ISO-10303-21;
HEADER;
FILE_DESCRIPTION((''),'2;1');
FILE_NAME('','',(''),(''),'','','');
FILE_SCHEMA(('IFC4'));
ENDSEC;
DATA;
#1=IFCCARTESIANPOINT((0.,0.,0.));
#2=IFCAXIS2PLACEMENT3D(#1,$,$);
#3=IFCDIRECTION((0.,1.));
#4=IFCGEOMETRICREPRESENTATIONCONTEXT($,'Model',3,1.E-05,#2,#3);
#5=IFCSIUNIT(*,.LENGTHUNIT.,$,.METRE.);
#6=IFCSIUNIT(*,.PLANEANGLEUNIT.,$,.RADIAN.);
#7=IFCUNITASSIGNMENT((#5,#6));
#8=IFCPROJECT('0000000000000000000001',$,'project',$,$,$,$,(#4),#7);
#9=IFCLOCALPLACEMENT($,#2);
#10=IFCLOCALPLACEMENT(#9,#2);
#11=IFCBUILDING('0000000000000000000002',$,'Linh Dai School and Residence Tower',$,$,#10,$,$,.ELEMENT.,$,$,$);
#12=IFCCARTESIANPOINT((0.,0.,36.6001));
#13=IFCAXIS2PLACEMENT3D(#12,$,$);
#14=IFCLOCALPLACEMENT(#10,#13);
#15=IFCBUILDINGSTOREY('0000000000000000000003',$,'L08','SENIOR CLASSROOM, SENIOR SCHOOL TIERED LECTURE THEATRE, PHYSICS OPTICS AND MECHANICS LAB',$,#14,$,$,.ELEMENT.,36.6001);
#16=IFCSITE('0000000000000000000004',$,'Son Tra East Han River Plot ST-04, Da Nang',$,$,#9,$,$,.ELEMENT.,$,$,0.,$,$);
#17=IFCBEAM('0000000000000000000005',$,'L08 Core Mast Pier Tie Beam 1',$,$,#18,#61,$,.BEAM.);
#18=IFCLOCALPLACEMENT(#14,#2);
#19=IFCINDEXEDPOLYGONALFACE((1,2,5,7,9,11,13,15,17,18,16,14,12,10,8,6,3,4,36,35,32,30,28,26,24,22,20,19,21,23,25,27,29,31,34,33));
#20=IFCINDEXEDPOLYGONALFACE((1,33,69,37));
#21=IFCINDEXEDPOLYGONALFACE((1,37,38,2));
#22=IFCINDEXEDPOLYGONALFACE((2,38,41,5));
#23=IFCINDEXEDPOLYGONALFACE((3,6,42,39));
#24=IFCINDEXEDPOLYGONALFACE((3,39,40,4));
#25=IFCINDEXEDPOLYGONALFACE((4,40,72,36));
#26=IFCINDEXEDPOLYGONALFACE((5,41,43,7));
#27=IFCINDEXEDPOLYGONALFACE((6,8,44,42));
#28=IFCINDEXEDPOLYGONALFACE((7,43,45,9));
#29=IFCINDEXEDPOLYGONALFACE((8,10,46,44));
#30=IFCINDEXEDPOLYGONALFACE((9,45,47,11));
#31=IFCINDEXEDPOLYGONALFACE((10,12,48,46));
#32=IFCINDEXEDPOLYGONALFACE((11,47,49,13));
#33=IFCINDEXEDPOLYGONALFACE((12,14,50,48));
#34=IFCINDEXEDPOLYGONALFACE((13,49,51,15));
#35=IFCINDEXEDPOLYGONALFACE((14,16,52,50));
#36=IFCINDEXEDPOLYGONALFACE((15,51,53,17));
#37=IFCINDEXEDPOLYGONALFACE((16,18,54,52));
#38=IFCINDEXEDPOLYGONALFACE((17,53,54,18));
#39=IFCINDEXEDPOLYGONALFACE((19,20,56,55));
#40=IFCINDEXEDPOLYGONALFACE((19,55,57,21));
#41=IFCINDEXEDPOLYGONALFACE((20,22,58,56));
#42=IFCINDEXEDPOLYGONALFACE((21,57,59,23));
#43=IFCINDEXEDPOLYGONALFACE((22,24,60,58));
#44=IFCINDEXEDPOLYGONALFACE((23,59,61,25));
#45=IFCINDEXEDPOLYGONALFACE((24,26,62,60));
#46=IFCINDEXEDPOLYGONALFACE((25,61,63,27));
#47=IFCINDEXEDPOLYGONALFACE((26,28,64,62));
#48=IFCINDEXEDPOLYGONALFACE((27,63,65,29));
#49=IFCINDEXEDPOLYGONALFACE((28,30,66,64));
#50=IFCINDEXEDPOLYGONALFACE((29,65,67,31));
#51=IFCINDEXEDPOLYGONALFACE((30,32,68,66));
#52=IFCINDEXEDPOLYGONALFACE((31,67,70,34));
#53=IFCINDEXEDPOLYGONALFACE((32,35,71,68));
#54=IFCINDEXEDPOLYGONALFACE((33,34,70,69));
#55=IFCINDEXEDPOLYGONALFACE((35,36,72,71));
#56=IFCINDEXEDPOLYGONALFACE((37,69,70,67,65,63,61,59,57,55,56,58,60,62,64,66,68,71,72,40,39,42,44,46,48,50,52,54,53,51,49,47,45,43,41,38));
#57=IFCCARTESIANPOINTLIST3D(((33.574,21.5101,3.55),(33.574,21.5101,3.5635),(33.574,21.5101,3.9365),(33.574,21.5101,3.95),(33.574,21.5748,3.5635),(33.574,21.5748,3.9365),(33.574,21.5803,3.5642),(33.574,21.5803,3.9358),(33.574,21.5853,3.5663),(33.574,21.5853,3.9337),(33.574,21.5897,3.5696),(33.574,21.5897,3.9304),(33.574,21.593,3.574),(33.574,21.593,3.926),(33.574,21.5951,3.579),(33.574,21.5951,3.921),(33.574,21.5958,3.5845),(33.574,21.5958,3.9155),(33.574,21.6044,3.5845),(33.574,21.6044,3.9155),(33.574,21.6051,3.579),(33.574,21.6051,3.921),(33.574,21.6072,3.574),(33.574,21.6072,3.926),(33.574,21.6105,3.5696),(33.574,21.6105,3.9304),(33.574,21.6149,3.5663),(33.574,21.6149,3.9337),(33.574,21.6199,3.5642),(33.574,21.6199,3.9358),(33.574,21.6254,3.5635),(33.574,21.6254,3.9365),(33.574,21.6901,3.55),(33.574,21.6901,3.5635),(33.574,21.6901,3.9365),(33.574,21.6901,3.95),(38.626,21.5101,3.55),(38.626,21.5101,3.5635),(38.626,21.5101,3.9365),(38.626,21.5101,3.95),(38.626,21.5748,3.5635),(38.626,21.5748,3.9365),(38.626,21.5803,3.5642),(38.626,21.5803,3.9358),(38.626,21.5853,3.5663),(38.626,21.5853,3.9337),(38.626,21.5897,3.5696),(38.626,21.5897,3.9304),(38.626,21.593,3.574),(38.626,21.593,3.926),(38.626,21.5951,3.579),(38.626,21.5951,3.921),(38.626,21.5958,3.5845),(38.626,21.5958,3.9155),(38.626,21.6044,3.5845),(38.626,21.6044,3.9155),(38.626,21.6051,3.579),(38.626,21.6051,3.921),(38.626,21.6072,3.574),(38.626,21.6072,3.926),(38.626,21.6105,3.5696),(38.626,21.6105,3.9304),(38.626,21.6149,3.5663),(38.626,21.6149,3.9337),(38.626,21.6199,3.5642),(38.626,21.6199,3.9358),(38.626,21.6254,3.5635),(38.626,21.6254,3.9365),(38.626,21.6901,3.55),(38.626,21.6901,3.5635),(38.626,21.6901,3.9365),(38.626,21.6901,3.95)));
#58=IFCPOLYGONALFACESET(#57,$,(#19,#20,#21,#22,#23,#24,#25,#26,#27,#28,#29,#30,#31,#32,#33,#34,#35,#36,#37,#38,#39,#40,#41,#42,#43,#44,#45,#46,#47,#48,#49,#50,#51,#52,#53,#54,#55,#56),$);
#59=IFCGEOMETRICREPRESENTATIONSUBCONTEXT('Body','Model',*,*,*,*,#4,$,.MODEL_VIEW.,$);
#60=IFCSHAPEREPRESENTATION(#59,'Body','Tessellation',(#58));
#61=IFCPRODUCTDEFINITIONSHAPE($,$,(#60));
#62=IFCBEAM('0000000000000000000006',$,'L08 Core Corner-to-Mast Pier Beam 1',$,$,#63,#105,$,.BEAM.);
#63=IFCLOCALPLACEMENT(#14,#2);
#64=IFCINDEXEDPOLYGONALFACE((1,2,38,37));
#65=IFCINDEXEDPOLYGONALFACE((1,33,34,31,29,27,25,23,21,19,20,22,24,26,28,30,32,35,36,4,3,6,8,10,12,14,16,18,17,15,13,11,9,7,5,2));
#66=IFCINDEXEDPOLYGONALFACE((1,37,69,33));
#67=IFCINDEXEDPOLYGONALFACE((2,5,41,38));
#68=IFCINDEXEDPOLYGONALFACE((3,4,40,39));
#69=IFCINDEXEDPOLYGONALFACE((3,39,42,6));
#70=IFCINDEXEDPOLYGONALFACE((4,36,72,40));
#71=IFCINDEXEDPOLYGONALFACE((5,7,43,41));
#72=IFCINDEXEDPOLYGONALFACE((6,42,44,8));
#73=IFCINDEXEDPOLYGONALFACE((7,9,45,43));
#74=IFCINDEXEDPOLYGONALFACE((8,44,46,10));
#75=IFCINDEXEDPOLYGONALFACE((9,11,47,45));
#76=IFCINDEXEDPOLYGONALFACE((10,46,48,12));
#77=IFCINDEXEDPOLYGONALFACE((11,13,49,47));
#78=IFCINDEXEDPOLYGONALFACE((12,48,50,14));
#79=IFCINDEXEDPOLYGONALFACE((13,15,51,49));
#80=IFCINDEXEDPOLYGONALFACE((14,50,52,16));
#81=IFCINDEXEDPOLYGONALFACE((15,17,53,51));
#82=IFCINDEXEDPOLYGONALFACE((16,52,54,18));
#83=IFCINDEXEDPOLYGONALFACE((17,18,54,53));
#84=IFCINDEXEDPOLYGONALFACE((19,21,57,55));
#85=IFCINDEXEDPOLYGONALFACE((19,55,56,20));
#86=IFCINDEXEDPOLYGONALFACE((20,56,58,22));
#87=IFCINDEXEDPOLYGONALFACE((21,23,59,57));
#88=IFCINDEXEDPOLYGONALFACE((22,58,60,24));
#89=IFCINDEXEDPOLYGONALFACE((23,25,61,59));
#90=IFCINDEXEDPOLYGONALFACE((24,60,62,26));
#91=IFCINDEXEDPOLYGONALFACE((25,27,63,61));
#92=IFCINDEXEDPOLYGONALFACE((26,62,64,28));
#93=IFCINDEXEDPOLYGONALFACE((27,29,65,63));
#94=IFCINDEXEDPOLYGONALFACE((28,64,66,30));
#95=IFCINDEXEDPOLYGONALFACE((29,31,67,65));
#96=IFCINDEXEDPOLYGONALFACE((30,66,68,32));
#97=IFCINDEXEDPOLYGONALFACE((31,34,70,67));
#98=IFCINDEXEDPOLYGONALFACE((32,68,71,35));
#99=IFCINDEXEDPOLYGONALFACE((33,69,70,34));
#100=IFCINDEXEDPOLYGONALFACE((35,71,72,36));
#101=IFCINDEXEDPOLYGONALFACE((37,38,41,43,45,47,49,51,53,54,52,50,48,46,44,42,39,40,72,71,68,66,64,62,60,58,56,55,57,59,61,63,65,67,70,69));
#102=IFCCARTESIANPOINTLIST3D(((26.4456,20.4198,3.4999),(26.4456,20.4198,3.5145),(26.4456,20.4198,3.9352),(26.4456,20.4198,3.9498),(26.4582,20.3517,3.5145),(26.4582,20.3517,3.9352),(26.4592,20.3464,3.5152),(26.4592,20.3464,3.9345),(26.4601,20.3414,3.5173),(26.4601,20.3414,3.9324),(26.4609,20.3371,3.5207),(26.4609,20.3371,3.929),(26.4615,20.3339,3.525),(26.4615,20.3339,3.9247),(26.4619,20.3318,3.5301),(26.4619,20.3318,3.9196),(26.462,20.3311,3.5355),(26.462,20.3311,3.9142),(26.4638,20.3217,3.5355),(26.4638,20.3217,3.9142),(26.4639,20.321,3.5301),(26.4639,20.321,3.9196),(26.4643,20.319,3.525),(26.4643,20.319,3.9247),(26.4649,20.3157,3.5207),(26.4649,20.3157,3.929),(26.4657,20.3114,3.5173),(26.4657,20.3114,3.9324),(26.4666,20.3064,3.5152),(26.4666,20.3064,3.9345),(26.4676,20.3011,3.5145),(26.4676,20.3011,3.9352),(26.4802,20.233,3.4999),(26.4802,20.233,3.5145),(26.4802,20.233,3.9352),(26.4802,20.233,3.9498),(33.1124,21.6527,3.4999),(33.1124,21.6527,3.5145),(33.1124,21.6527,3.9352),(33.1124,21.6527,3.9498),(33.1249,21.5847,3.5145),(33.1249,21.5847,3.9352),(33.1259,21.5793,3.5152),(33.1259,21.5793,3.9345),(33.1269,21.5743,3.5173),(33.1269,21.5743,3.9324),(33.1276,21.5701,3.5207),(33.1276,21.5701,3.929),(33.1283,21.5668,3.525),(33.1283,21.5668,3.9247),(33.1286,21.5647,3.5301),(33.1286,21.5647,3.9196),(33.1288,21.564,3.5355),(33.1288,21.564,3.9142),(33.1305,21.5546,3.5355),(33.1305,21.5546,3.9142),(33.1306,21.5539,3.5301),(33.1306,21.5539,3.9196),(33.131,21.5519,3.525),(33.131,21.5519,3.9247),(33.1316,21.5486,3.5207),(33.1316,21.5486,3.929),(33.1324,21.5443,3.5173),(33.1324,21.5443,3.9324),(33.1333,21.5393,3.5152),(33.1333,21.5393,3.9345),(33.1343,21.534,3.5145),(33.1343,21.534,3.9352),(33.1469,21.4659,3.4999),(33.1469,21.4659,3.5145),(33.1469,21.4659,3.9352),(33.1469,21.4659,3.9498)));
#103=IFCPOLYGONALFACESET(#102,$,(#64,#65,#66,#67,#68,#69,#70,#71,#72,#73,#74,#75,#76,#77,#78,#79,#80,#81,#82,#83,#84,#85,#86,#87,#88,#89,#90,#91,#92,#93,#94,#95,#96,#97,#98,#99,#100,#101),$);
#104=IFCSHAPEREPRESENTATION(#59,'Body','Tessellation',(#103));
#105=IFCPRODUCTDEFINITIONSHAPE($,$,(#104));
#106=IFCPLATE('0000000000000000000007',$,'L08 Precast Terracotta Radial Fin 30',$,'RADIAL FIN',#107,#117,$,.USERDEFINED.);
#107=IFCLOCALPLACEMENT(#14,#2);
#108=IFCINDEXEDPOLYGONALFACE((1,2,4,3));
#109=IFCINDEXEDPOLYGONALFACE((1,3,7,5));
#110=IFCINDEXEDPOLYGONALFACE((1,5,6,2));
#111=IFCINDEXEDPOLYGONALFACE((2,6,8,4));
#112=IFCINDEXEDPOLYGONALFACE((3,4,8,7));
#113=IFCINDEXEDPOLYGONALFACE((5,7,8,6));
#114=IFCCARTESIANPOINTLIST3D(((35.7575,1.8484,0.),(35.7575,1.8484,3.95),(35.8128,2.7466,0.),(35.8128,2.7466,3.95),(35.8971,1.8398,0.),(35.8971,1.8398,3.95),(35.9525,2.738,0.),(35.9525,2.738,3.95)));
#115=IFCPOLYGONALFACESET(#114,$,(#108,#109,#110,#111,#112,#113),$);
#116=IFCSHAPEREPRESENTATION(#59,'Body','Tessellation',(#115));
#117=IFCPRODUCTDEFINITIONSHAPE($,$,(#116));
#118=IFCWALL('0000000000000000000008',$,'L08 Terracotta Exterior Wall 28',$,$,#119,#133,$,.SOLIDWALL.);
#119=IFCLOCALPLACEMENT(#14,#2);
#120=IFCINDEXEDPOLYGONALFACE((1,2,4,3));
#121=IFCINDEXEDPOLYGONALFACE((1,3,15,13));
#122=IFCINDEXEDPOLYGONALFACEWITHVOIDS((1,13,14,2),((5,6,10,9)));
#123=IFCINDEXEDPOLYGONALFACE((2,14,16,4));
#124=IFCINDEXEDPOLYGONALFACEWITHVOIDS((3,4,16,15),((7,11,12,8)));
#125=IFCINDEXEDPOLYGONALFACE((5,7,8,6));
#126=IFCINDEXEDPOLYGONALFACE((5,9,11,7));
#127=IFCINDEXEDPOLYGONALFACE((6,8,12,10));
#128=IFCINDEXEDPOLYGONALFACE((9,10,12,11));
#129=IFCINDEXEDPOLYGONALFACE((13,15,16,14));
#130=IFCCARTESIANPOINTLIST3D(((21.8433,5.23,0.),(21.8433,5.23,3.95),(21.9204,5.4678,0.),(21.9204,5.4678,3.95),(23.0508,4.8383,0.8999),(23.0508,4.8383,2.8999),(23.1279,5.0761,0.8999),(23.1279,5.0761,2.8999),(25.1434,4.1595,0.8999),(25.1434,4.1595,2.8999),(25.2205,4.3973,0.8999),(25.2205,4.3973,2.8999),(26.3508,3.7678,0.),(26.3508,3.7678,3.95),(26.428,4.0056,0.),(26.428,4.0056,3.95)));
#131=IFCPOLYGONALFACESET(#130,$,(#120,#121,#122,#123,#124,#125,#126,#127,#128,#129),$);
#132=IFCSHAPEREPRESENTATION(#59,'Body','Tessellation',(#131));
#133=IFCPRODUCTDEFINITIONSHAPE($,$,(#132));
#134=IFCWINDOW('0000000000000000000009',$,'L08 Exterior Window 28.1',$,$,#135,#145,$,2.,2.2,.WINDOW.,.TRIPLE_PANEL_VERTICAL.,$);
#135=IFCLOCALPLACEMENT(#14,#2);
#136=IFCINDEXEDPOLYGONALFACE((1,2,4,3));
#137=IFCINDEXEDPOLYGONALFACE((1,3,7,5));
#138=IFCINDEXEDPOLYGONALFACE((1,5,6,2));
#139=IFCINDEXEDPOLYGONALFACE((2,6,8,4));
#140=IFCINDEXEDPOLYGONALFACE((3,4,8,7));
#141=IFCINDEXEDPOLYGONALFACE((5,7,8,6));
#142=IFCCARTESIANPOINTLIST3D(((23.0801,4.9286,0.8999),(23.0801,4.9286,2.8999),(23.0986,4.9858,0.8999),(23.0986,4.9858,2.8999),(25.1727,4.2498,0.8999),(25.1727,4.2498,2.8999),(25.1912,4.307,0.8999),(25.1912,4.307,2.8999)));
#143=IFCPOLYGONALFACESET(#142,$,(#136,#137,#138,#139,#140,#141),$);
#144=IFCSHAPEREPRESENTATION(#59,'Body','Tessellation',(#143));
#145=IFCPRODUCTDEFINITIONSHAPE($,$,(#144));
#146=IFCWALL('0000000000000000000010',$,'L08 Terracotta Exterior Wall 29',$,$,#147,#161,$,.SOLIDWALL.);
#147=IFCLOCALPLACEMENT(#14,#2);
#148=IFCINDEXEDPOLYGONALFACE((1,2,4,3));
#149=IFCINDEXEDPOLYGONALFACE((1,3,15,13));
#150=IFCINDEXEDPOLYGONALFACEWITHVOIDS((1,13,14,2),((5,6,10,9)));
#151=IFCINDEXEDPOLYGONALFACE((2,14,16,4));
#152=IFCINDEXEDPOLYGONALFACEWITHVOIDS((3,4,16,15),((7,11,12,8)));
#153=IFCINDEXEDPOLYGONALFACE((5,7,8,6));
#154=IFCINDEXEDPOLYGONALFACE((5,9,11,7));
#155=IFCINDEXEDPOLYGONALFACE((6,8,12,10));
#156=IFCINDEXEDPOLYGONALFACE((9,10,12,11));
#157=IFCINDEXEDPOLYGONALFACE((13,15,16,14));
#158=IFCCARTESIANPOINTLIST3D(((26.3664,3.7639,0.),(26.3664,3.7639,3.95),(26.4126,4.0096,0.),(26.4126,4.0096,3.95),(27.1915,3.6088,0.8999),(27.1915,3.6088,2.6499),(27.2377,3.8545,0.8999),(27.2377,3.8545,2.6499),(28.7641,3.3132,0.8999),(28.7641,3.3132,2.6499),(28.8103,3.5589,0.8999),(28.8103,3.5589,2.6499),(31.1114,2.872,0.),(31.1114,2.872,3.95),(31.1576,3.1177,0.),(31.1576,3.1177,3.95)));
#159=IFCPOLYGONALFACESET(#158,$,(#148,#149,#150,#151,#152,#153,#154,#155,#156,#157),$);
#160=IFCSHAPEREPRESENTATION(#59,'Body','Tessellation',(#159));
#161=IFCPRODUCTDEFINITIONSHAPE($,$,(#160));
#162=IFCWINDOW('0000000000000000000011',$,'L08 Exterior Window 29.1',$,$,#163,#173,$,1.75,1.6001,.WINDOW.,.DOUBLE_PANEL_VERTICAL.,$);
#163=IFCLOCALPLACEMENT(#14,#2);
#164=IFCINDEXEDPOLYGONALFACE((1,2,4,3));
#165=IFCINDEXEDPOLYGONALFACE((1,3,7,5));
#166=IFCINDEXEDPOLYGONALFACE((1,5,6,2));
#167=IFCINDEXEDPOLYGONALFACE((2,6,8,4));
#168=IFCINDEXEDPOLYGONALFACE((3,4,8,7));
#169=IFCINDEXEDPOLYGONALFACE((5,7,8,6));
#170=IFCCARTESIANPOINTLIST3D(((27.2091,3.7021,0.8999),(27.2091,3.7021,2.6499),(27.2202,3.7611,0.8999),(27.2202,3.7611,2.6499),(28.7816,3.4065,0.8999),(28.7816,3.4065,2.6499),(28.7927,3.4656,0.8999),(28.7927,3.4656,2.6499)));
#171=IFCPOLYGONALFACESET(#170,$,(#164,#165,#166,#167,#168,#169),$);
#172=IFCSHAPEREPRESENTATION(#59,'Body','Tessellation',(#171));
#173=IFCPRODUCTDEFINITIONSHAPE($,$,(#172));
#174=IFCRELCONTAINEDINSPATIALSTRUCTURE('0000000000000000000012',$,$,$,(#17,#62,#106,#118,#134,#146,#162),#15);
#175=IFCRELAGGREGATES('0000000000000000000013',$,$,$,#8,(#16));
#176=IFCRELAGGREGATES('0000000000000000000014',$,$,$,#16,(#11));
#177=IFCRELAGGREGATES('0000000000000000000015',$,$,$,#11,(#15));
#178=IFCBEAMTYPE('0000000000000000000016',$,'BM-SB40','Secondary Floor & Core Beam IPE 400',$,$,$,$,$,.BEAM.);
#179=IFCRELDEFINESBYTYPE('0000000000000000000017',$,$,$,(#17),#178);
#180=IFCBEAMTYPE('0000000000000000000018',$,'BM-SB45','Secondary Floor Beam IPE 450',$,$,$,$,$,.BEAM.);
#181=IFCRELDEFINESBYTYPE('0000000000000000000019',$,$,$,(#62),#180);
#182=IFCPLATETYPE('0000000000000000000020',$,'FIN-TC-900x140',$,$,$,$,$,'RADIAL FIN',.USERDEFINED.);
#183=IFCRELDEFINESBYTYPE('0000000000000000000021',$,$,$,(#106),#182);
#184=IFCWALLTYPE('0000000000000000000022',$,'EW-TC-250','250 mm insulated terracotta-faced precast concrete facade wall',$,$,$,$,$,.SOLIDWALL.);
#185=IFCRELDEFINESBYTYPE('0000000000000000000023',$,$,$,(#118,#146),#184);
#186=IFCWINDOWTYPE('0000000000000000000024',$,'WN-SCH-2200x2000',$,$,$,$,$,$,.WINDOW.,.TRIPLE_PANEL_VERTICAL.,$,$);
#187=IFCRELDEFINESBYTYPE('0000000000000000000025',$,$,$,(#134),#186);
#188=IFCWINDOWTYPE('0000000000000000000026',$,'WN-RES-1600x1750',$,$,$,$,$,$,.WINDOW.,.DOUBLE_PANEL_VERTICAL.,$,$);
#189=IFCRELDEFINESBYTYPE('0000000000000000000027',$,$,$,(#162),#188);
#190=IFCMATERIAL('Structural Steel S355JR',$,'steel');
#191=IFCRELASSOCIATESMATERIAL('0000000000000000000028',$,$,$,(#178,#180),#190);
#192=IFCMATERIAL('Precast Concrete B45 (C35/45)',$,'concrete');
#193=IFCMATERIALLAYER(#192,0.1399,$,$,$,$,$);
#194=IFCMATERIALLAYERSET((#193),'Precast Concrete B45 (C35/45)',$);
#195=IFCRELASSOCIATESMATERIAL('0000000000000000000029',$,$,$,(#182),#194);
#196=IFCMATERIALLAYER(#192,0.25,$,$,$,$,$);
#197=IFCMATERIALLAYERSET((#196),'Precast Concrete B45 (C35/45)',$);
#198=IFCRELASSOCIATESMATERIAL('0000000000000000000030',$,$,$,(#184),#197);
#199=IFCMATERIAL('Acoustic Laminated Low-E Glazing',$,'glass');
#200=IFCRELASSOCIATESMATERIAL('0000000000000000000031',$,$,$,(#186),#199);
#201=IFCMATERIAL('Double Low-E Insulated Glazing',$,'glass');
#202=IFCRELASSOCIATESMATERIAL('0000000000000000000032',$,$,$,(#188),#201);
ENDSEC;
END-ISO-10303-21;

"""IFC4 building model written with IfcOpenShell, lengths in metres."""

from ifc_helpers import new_model, si_unit, direction, frame, frame_2d, origin, origin_2d, place, context, subcontext, project, spatial, rectangle, i_section, extrude, source, transform, mapped, material, layer, layer_set, material_profile, profile_set, type_object, element, fill, save


model = new_model("IFC4")

# Units and contexts
model_context = context("Model", 3, precision=1e-05, world=origin(), true_north=direction((0.0, 1.0)))
body_context = subcontext(model_context, "Body", "Model", "MODEL_VIEW")
ifc_project = project(units=[si_unit("LENGTHUNIT", "METRE"), si_unit("PLANEANGLEUNIT", "RADIAN")], contexts=[model_context])

# Site, building, storey
site_placement = place(None, origin())
site = spatial("IfcSite", under=ifc_project, at=site_placement, Name="Son Tra East Han River Plot ST-04, Da Nang", CompositionType="ELEMENT", RefElevation=0.0)
building_placement = place(site_placement, origin())
building = spatial("IfcBuilding", under=site, at=building_placement, Name="Linh Dai School and Residence Tower", CompositionType="ELEMENT")
storey_placement = place(building_placement, frame((0.0, 0.0, 36.6001)))
storey = spatial("IfcBuildingStorey", under=building, at=storey_placement, Name="L08", Description="SENIOR CLASSROOM, SENIOR SCHOOL TIERED LECTURE THEATRE, PHYSICS OPTICS AND MECHANICS LAB", CompositionType="ELEMENT", Elevation=36.6001)

# Shared definitions
ifc_material_1 = material(Name="Structural Steel S355JR", Category="steel")

# Beams
ifc_material_profile_1 = material_profile(ifc_material_1, i_section(OverallWidth=0.1799, OverallDepth=0.3999, WebThickness=0.0085, FlangeThickness=0.0134, FilletRadius=0.021, at=origin_2d()), Name="IPE 400")
ifc_profile_set_1 = profile_set([ifc_material_profile_1], Name="Structural Steel S355JR")
beam_type_1 = type_object("IfcBeamType", Name="BM-SB40", Description="Secondary Floor & Core Beam IPE 400", PredefinedType="BEAM", material=ifc_profile_set_1)
beam_1_placement = place(storey_placement, frame((33.574, 21.6001, 3.75), z_axis=(1.0, 0.0, 0.0), x_axis=(0.0, 1.0, 0.0)))
element("IfcBeam", 1, at=beam_1_placement, inside=storey, type_object=beam_type_1, Name="L08 Core Mast Pier Tie Beam 1", PredefinedType="BEAM", context=body_context, shape_type="SweptSolid", body=[
    extrude(i_section(OverallWidth=0.1799, OverallDepth=0.3999, WebThickness=0.0085, FlangeThickness=0.0134, FilletRadius=0.021, at=origin_2d()), origin(), (0.0, 0.0, 1.0), 5.052),
])
ifc_material_profile_2 = material_profile(ifc_material_1, i_section(OverallWidth=0.1899, OverallDepth=0.45, WebThickness=0.0095, FlangeThickness=0.0146, FilletRadius=0.021, at=origin_2d()), Name="IPE 450")
ifc_profile_set_2 = profile_set([ifc_material_profile_2], Name="Structural Steel S355JR")
beam_type_2 = type_object("IfcBeamType", Name="BM-SB45", Description="Secondary Floor Beam IPE 450", PredefinedType="BEAM", material=ifc_profile_set_2)
beam_2_placement = place(storey_placement, frame((26.4629, 20.3264, 3.7249), z_axis=(0.983326, 0.181851, 0.0), x_axis=(-0.181851, 0.983326, 0.0)))
element("IfcBeam", 2, at=beam_2_placement, inside=storey, type_object=beam_type_2, Name="L08 Core Corner-to-Mast Pier Beam 1", PredefinedType="BEAM", context=body_context, shape_type="SweptSolid", body=[
    extrude(i_section(OverallWidth=0.1899, OverallDepth=0.45, WebThickness=0.0095, FlangeThickness=0.0146, FilletRadius=0.021, at=origin_2d()), origin(), (0.0, 0.0, 1.0), 6.7798),
])

# Plate
ifc_material_2 = material(Name="Precast Concrete B45 (C35/45)", Category="concrete")
ifc_layer_1 = layer(ifc_material_2, 0.1399)
ifc_layer_set_1 = layer_set([ifc_layer_1], Name="Precast Concrete B45 (C35/45)")
plate_type = type_object("IfcPlateType", Name="FIN-TC-900x140", ElementType="RADIAL FIN", PredefinedType="USERDEFINED", material=ifc_layer_set_1)
shared_shape_1 = source(origin(), body_context, "Body", "SweptSolid", [
    extrude(rectangle(XDim=0.8999, YDim=0.1399, at=origin_2d()), origin(), (0.0, 0.0, 1.0), 3.95),
])
plate_placement = place(storey_placement, frame((35.855, 2.2932, 0.0), z_axis=(0.0, 0.0, 1.0), x_axis=(-0.061507, -0.998107, 0.0)))
element("IfcPlate", 3, at=plate_placement, inside=storey, type_object=plate_type, Name="L08 Precast Terracotta Radial Fin 30", ObjectType="RADIAL FIN", PredefinedType="USERDEFINED", context=body_context, shape_type="MappedRepresentation", body=[
    mapped(shared_shape_1, transform((0.0, 0.0, 0.0), x_axis=(1.0, 0.0, 0.0), y_axis=(0.0, 1.0, 0.0), z_axis=(0.0, 0.0, 1.0), scale=1.0)),
])

# Walls, openings, windows
ifc_layer_2 = layer(ifc_material_2, 0.25)
ifc_layer_set_2 = layer_set([ifc_layer_2], Name="Precast Concrete B45 (C35/45)")
wall_type_1 = type_object("IfcWallType", Name="EW-TC-250", Description="250 mm insulated terracotta-faced precast concrete facade wall", PredefinedType="SOLIDWALL", material=ifc_layer_set_2)
wall_1_placement = place(storey_placement, frame((26.3894, 3.8867, 0.0), z_axis=(0.0, 0.0, 1.0), x_axis=(-0.951208, 0.308551, 0.0)))
wall_1 = element("IfcWall", 4, at=wall_1_placement, inside=storey, type_object=wall_type_1, Name="L08 Terracotta Exterior Wall 28", PredefinedType="SOLIDWALL", context=body_context, shape_type="SweptSolid", body=[
    extrude(rectangle(XDim=4.7388, YDim=0.25, at=frame_2d((2.3694, 0.0))), origin(), (0.0, 0.0, 1.0), 3.95),
])
opening_1_placement = place(wall_1_placement, frame((1.2693, 0.0, 0.8999)))
opening_1 = element("IfcOpeningElement", 5, at=opening_1_placement, cuts=wall_1, PredefinedType="OPENING", context=body_context, shape_type="SweptSolid", body=[
    extrude(rectangle(XDim=2.2, YDim=2.0, at=origin_2d()), frame((1.1001, 0.135, 1.0), z_axis=(0.0, -1.0, 0.0), x_axis=(1.0, 0.0, 0.0)), (0.0, 0.0, 1.0), 0.27),
])
ifc_material_3 = material(Name="Acoustic Laminated Low-E Glazing", Category="glass")
window_type_1 = type_object("IfcWindowType", Name="WN-SCH-2200x2000", PartitioningType="TRIPLE_PANEL_VERTICAL", PredefinedType="WINDOW", material=ifc_material_3)
shared_shape_2 = source(origin(), body_context, "Body", "SweptSolid", [
    extrude(rectangle(XDim=2.2, YDim=2.0, at=origin_2d()), frame((1.1001, 0.03, 1.0), z_axis=(0.0, -1.0, 0.0), x_axis=(1.0, 0.0, 0.0)), (0.0, 0.0, 1.0), 0.0601),
])
window_1_placement = place(opening_1_placement, origin())
window_1 = element("IfcWindow", 6, at=window_1_placement, inside=storey, type_object=window_type_1, Name="L08 Exterior Window 28.1", OverallHeight=2.0, OverallWidth=2.2, PartitioningType="TRIPLE_PANEL_VERTICAL", PredefinedType="WINDOW", context=body_context, shape_type="MappedRepresentation", body=[
    mapped(shared_shape_2, transform((0.0, 0.0, 0.0), x_axis=(1.0, 0.0, 0.0), y_axis=(0.0, 1.0, 0.0), z_axis=(0.0, 0.0, 1.0), scale=1.0)),
])
fill(opening_1, window_1)
wall_2_placement = place(storey_placement, frame((31.1345, 2.9949, 0.0), z_axis=(0.0, 0.0, 1.0), x_axis=(-0.982792, 0.184716, 0.0)))
wall_2 = element("IfcWall", 7, at=wall_2_placement, inside=storey, type_object=wall_type_1, Name="L08 Terracotta Exterior Wall 29", PredefinedType="SOLIDWALL", context=body_context, shape_type="SweptSolid", body=[
    extrude(rectangle(XDim=4.8281, YDim=0.25, at=frame_2d((2.4141, 0.0))), origin(), (0.0, 0.0, 1.0), 3.95),
])
opening_2_placement = place(wall_2_placement, frame((2.3884, 0.0, 0.8999)))
opening_2 = element("IfcOpeningElement", 8, at=opening_2_placement, cuts=wall_2, PredefinedType="OPENING", context=body_context, shape_type="SweptSolid", body=[
    extrude(rectangle(XDim=1.6001, YDim=1.75, at=origin_2d()), frame((0.8, 0.135, 0.875), z_axis=(0.0, -1.0, 0.0), x_axis=(1.0, 0.0, 0.0)), (0.0, 0.0, 1.0), 0.27),
])
ifc_material_4 = material(Name="Double Low-E Insulated Glazing", Category="glass")
window_type_2 = type_object("IfcWindowType", Name="WN-RES-1600x1750", PartitioningType="DOUBLE_PANEL_VERTICAL", PredefinedType="WINDOW", material=ifc_material_4)
shared_shape_3 = source(origin(), body_context, "Body", "SweptSolid", [
    extrude(rectangle(XDim=1.6001, YDim=1.75, at=origin_2d()), frame((0.8, 0.03, 0.875), z_axis=(0.0, -1.0, 0.0), x_axis=(1.0, 0.0, 0.0)), (0.0, 0.0, 1.0), 0.0601),
])
window_2_placement = place(opening_2_placement, origin())
window_2 = element("IfcWindow", 9, at=window_2_placement, inside=storey, type_object=window_type_2, Name="L08 Exterior Window 29.1", OverallHeight=1.75, OverallWidth=1.6001, PartitioningType="DOUBLE_PANEL_VERTICAL", PredefinedType="WINDOW", context=body_context, shape_type="MappedRepresentation", body=[
    mapped(shared_shape_3, transform((0.0, 0.0, 0.0), x_axis=(1.0, 0.0, 0.0), y_axis=(0.0, 1.0, 0.0), z_axis=(0.0, 0.0, 1.0), scale=1.0)),
])
fill(opening_2, window_2)

save(model, "model.ifc")
